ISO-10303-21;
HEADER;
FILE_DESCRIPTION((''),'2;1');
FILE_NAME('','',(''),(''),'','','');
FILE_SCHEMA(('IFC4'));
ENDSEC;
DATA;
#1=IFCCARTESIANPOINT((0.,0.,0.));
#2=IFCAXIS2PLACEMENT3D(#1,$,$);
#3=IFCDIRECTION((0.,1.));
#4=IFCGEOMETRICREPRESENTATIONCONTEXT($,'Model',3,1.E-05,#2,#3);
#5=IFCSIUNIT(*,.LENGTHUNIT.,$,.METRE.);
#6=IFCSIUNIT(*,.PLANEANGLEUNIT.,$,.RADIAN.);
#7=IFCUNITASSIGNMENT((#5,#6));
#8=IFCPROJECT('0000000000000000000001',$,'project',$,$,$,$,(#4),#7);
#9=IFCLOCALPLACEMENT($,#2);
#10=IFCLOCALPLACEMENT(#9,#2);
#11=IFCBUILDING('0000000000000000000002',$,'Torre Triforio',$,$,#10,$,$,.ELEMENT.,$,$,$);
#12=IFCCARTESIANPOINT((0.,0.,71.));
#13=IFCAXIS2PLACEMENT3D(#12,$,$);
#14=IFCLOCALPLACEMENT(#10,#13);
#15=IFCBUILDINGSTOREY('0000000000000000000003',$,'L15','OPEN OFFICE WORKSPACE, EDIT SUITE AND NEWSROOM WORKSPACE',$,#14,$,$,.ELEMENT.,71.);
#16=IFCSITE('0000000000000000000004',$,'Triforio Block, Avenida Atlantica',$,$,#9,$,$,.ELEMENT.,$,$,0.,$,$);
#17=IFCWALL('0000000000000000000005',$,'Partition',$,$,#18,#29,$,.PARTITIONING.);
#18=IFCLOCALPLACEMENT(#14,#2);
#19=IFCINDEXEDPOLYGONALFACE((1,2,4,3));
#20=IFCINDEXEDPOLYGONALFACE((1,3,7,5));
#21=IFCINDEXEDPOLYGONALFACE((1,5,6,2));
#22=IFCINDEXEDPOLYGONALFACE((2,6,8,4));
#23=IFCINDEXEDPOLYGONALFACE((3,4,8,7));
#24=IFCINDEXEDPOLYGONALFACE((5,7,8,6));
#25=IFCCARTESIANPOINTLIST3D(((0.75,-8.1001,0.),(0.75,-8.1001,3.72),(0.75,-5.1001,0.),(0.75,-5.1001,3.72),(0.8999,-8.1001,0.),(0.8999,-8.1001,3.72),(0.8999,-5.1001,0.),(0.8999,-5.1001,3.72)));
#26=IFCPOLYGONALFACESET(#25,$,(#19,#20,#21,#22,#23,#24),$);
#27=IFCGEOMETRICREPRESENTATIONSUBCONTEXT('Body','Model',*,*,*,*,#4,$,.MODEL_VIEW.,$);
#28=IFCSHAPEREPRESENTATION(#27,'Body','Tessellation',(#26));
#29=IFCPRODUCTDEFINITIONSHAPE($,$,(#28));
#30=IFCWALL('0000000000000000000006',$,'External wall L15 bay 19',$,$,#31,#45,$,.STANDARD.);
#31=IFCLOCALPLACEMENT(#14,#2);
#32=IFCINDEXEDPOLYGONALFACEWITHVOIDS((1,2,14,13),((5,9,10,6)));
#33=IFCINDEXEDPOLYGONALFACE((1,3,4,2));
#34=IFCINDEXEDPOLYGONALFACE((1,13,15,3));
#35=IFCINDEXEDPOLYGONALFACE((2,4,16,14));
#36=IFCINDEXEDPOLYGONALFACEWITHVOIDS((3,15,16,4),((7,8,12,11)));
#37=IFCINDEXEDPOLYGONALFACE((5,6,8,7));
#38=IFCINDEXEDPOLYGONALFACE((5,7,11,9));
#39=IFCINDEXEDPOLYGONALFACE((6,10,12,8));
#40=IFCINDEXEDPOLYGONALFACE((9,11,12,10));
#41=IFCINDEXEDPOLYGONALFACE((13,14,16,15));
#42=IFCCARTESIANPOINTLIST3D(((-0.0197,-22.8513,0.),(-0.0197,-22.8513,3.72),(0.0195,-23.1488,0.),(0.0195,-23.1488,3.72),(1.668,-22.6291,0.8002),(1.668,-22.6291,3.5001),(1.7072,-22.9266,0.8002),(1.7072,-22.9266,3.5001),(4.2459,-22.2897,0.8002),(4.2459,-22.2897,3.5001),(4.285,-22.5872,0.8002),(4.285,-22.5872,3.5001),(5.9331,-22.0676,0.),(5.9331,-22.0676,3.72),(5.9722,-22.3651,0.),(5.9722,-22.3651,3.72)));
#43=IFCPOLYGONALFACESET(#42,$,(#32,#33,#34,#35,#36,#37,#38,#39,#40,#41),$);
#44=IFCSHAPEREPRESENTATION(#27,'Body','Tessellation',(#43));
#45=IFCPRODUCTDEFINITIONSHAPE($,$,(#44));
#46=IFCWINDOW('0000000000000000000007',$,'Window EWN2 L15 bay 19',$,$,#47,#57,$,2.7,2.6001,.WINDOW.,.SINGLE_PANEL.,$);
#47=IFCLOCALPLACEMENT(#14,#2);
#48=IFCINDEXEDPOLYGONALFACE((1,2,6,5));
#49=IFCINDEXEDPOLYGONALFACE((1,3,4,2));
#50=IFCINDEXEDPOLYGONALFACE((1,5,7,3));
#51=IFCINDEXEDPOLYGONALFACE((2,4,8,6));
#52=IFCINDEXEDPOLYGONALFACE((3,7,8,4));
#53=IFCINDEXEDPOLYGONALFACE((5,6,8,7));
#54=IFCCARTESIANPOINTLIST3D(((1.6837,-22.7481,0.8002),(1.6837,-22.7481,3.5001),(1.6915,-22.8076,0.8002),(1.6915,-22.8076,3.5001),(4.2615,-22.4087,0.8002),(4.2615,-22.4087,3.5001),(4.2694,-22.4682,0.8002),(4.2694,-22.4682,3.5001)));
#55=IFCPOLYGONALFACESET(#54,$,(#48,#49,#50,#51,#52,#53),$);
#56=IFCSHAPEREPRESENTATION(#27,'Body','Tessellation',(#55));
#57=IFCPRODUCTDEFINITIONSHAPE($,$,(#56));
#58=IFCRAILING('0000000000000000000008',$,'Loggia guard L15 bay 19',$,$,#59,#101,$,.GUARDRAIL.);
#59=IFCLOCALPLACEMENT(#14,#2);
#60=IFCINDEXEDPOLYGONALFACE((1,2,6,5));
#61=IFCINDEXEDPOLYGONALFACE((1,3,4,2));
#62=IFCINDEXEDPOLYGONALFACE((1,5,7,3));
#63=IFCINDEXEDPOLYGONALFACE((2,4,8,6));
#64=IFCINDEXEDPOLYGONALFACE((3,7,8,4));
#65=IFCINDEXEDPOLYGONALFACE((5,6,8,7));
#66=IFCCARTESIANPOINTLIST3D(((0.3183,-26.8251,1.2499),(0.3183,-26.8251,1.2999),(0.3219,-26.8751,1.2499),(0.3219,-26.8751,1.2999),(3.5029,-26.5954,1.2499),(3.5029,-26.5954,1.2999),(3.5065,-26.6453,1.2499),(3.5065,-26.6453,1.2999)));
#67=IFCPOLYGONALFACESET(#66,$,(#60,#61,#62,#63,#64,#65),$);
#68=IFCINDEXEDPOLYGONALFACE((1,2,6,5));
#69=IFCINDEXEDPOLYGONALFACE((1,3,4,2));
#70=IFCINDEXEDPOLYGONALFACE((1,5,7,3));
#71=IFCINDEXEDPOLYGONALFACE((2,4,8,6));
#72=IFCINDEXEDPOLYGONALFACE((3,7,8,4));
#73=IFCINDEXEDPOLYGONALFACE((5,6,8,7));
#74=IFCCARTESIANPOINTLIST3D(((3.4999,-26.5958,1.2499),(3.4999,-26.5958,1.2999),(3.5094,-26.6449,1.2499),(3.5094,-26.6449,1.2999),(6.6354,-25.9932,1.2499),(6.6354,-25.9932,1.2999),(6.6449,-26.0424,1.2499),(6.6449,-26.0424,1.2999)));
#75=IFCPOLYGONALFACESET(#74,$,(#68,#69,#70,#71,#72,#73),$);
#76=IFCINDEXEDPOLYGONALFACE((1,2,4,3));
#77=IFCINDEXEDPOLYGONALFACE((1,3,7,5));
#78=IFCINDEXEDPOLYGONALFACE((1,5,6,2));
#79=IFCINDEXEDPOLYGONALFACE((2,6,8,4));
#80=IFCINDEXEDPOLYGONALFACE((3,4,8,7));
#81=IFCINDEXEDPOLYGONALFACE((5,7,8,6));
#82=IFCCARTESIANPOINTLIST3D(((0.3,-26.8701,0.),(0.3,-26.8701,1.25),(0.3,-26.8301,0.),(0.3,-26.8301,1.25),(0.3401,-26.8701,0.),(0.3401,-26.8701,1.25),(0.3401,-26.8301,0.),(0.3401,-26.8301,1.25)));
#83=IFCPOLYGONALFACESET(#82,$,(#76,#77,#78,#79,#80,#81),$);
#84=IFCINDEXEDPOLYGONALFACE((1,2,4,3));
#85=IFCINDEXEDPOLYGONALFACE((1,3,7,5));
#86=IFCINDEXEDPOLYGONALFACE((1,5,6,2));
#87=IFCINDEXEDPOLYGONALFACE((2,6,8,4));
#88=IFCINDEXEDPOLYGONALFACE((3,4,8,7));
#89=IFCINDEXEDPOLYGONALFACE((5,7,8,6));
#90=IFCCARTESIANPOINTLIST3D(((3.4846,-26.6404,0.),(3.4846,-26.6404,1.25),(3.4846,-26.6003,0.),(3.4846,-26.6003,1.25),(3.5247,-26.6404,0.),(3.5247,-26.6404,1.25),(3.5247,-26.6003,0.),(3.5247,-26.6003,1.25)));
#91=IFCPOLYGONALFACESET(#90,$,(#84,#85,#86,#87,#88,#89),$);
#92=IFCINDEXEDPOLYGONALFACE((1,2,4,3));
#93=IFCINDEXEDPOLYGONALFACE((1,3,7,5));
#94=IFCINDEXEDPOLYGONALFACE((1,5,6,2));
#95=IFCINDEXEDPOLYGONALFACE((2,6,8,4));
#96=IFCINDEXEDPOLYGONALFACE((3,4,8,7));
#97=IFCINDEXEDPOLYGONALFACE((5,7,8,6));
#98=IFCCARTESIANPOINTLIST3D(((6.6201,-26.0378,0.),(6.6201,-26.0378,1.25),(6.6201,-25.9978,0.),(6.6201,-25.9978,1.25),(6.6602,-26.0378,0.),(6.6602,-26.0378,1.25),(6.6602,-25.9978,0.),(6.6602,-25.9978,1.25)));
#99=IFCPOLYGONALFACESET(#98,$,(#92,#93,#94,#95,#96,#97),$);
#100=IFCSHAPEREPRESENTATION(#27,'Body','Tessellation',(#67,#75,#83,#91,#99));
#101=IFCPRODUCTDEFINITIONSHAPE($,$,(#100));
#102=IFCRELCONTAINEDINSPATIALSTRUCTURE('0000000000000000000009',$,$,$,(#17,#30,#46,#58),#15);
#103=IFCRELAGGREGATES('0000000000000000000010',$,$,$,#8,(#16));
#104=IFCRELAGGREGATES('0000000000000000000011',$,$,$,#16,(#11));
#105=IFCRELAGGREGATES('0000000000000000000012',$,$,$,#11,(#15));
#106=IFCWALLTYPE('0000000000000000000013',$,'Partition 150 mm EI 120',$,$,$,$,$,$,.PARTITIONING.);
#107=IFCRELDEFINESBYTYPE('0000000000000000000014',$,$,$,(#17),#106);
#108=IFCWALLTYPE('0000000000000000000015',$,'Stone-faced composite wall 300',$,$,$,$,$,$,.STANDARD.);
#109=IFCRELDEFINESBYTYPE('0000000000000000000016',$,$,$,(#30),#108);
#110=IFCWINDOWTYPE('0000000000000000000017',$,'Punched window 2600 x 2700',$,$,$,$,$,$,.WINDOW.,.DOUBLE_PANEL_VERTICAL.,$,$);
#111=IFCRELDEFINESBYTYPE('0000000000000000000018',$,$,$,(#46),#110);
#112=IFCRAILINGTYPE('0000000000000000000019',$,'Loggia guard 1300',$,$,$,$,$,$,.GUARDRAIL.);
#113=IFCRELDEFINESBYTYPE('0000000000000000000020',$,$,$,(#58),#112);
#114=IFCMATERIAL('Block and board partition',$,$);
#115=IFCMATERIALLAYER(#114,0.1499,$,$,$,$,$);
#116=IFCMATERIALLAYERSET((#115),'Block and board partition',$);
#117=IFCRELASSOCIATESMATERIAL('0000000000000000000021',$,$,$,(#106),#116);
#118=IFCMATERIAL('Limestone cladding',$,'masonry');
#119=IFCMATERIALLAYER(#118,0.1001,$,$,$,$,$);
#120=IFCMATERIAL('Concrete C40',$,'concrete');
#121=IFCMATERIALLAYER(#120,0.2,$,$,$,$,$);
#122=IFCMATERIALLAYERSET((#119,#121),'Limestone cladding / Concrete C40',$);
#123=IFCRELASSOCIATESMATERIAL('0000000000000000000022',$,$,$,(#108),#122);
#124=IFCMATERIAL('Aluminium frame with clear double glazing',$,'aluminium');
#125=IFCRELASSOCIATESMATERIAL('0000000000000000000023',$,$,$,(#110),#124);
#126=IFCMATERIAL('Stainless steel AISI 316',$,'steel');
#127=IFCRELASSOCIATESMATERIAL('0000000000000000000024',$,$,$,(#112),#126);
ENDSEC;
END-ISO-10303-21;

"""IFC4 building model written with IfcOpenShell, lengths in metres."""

from ifc_helpers import new_model, si_unit, direction, frame, frame_2d, origin, origin_2d, place, context, subcontext, project, spatial, rectangle, extrude, material, layer, layer_set, type_object, element, fill, save


model = new_model("IFC4")

# Units and contexts
model_context = context("Model", 3, precision=1e-05, world=origin(), true_north=direction((0.0, 1.0)))
body_context = subcontext(model_context, "Body", "Model", "MODEL_VIEW")
ifc_project = project(units=[si_unit("LENGTHUNIT", "METRE"), si_unit("PLANEANGLEUNIT", "RADIAN")], contexts=[model_context])

# Site, building, storey
site_placement = place(None, origin())
site = spatial("IfcSite", under=ifc_project, at=site_placement, Name="Triforio Block, Avenida Atlantica", CompositionType="ELEMENT", RefElevation=0.0)
building_placement = place(site_placement, origin())
building = spatial("IfcBuilding", under=site, at=building_placement, Name="Torre Triforio", CompositionType="ELEMENT")
storey_placement = place(building_placement, frame((0.0, 0.0, 71.0)))
storey = spatial("IfcBuildingStorey", under=building, at=storey_placement, Name="L15", Description="OPEN OFFICE WORKSPACE, EDIT SUITE AND NEWSROOM WORKSPACE", CompositionType="ELEMENT", Elevation=71.0)

# Wall
ifc_material_1 = material(Name="Block and board partition")
ifc_layer_1 = layer(ifc_material_1, 0.1499)
ifc_layer_set_1 = layer_set([ifc_layer_1], Name="Block and board partition")
wall_type_1 = type_object("IfcWallType", Name="Partition 150 mm EI 120", PredefinedType="PARTITIONING", material=ifc_layer_set_1)
wall_1_placement = place(storey_placement, frame((0.825, -8.1001, 0.0), z_axis=(0.0, 0.0, 1.0), x_axis=(0.0, 1.0, 0.0)))
element("IfcWall", 1, at=wall_1_placement, inside=storey, type_object=wall_type_1, Name="Partition", PredefinedType="PARTITIONING", context=body_context, shape_type="SweptSolid", body=[
    extrude(rectangle(XDim=3.0, YDim=0.1499, at=frame_2d((1.5, 0.0))), origin(), (0.0, 0.0, 1.0), 3.72),
])

# Wall, opening, window
ifc_material_2 = material(Name="Limestone cladding", Category="masonry")
ifc_layer_2 = layer(ifc_material_2, 0.1001)
ifc_material_3 = material(Name="Concrete C40", Category="concrete")
ifc_layer_3 = layer(ifc_material_3, 0.2)
ifc_layer_set_2 = layer_set([ifc_layer_2, ifc_layer_3], Name="Limestone cladding / Concrete C40")
wall_type_2 = type_object("IfcWallType", Name="Stone-faced composite wall 300", PredefinedType="STANDARD", material=ifc_layer_set_2)
wall_2_placement = place(storey_placement, frame((0.0, -23.0, 0.0), z_axis=(0.0, 0.0, 1.0), x_axis=(0.991445, 0.130523, 0.0)))
wall_2 = element("IfcWall", 2, at=wall_2_placement, inside=storey, type_object=wall_type_2, Name="External wall L15 bay 19", PredefinedType="STANDARD", context=body_context, shape_type="SweptSolid", body=[
    extrude(rectangle(XDim=6.0042, YDim=0.3, at=frame_2d((3.002, 0.0))), origin(), (0.0, 0.0, 1.0), 3.72),
])
opening_1_placement = place(wall_2_placement, frame((1.7021, 0.0, 0.8)))
opening_1 = element("IfcOpeningElement", 3, at=opening_1_placement, cuts=wall_2, PredefinedType="OPENING", context=body_context, shape_type="SweptSolid", body=[
    extrude(rectangle(XDim=2.6001, YDim=2.7, at=frame_2d((1.3, 1.3501))), frame((0.0, 0.1599, 0.0), z_axis=(0.0, -1.0, 0.0), x_axis=(1.0, 0.0, 0.0)), (0.0, 0.0, 1.0), 0.3201),
])
ifc_material_4 = material(Name="Aluminium frame with clear double glazing", Category="aluminium")
window_type_1 = type_object("IfcWindowType", Name="Punched window 2600 x 2700", PartitioningType="DOUBLE_PANEL_VERTICAL", PredefinedType="WINDOW", material=ifc_material_4)
window_1_placement = place(opening_1_placement, origin())
window_1 = element("IfcWindow", 4, at=window_1_placement, inside=storey, type_object=window_type_1, Name="Window EWN2 L15 bay 19", OverallHeight=2.7, OverallWidth=2.6001, PartitioningType="SINGLE_PANEL", PredefinedType="WINDOW", context=body_context, shape_type="SweptSolid", body=[
    extrude(rectangle(XDim=2.6001, YDim=2.7, at=frame_2d((1.3, 1.3501))), frame((0.0, 0.03, 0.0), z_axis=(0.0, -1.0, 0.0), x_axis=(1.0, 0.0, 0.0)), (0.0, 0.0, 1.0), 0.0601),
])
fill(opening_1, window_1)

# Railing
ifc_material_5 = material(Name="Stainless steel AISI 316", Category="steel")
railing_type = type_object("IfcRailingType", Name="Loggia guard 1300", PredefinedType="GUARDRAIL", material=ifc_material_5)
railing_placement = place(storey_placement, frame((0.3201, -26.8501, 0.0)))
element("IfcRailing", 5, at=railing_placement, inside=storey, type_object=railing_type, Name="Loggia guard L15 bay 19", PredefinedType="GUARDRAIL", context=body_context, shape_type="SweptSolid", body=[
    extrude(rectangle(XDim=0.05, YDim=0.05, at=origin_2d()), frame((0.0, 0.0, 1.2749), z_axis=(0.997408, 0.071953, 0.0), x_axis=(-0.071953, 0.997408, 0.0)), (0.0, 0.0, 1.0), 3.1929),
    extrude(rectangle(XDim=0.05, YDim=0.05, at=origin_2d()), frame((3.1846, 0.2297, 1.2749), z_axis=(0.982032, 0.188714, 0.0), x_axis=(-0.188714, 0.982032, 0.0)), (0.0, 0.0, 1.0), 3.1929),
    extrude(rectangle(XDim=0.04, YDim=0.04, at=origin_2d()), origin(), (0.0, 0.0, 1.0), 1.25),
    extrude(rectangle(XDim=0.04, YDim=0.04, at=origin_2d()), frame((3.1846, 0.2297, 0.0)), (0.0, 0.0, 1.0), 1.25),
    extrude(rectangle(XDim=0.04, YDim=0.04, at=origin_2d()), frame((6.3201, 0.8323, 0.0)), (0.0, 0.0, 1.0), 1.25),
])

save(model, "model.ifc")
